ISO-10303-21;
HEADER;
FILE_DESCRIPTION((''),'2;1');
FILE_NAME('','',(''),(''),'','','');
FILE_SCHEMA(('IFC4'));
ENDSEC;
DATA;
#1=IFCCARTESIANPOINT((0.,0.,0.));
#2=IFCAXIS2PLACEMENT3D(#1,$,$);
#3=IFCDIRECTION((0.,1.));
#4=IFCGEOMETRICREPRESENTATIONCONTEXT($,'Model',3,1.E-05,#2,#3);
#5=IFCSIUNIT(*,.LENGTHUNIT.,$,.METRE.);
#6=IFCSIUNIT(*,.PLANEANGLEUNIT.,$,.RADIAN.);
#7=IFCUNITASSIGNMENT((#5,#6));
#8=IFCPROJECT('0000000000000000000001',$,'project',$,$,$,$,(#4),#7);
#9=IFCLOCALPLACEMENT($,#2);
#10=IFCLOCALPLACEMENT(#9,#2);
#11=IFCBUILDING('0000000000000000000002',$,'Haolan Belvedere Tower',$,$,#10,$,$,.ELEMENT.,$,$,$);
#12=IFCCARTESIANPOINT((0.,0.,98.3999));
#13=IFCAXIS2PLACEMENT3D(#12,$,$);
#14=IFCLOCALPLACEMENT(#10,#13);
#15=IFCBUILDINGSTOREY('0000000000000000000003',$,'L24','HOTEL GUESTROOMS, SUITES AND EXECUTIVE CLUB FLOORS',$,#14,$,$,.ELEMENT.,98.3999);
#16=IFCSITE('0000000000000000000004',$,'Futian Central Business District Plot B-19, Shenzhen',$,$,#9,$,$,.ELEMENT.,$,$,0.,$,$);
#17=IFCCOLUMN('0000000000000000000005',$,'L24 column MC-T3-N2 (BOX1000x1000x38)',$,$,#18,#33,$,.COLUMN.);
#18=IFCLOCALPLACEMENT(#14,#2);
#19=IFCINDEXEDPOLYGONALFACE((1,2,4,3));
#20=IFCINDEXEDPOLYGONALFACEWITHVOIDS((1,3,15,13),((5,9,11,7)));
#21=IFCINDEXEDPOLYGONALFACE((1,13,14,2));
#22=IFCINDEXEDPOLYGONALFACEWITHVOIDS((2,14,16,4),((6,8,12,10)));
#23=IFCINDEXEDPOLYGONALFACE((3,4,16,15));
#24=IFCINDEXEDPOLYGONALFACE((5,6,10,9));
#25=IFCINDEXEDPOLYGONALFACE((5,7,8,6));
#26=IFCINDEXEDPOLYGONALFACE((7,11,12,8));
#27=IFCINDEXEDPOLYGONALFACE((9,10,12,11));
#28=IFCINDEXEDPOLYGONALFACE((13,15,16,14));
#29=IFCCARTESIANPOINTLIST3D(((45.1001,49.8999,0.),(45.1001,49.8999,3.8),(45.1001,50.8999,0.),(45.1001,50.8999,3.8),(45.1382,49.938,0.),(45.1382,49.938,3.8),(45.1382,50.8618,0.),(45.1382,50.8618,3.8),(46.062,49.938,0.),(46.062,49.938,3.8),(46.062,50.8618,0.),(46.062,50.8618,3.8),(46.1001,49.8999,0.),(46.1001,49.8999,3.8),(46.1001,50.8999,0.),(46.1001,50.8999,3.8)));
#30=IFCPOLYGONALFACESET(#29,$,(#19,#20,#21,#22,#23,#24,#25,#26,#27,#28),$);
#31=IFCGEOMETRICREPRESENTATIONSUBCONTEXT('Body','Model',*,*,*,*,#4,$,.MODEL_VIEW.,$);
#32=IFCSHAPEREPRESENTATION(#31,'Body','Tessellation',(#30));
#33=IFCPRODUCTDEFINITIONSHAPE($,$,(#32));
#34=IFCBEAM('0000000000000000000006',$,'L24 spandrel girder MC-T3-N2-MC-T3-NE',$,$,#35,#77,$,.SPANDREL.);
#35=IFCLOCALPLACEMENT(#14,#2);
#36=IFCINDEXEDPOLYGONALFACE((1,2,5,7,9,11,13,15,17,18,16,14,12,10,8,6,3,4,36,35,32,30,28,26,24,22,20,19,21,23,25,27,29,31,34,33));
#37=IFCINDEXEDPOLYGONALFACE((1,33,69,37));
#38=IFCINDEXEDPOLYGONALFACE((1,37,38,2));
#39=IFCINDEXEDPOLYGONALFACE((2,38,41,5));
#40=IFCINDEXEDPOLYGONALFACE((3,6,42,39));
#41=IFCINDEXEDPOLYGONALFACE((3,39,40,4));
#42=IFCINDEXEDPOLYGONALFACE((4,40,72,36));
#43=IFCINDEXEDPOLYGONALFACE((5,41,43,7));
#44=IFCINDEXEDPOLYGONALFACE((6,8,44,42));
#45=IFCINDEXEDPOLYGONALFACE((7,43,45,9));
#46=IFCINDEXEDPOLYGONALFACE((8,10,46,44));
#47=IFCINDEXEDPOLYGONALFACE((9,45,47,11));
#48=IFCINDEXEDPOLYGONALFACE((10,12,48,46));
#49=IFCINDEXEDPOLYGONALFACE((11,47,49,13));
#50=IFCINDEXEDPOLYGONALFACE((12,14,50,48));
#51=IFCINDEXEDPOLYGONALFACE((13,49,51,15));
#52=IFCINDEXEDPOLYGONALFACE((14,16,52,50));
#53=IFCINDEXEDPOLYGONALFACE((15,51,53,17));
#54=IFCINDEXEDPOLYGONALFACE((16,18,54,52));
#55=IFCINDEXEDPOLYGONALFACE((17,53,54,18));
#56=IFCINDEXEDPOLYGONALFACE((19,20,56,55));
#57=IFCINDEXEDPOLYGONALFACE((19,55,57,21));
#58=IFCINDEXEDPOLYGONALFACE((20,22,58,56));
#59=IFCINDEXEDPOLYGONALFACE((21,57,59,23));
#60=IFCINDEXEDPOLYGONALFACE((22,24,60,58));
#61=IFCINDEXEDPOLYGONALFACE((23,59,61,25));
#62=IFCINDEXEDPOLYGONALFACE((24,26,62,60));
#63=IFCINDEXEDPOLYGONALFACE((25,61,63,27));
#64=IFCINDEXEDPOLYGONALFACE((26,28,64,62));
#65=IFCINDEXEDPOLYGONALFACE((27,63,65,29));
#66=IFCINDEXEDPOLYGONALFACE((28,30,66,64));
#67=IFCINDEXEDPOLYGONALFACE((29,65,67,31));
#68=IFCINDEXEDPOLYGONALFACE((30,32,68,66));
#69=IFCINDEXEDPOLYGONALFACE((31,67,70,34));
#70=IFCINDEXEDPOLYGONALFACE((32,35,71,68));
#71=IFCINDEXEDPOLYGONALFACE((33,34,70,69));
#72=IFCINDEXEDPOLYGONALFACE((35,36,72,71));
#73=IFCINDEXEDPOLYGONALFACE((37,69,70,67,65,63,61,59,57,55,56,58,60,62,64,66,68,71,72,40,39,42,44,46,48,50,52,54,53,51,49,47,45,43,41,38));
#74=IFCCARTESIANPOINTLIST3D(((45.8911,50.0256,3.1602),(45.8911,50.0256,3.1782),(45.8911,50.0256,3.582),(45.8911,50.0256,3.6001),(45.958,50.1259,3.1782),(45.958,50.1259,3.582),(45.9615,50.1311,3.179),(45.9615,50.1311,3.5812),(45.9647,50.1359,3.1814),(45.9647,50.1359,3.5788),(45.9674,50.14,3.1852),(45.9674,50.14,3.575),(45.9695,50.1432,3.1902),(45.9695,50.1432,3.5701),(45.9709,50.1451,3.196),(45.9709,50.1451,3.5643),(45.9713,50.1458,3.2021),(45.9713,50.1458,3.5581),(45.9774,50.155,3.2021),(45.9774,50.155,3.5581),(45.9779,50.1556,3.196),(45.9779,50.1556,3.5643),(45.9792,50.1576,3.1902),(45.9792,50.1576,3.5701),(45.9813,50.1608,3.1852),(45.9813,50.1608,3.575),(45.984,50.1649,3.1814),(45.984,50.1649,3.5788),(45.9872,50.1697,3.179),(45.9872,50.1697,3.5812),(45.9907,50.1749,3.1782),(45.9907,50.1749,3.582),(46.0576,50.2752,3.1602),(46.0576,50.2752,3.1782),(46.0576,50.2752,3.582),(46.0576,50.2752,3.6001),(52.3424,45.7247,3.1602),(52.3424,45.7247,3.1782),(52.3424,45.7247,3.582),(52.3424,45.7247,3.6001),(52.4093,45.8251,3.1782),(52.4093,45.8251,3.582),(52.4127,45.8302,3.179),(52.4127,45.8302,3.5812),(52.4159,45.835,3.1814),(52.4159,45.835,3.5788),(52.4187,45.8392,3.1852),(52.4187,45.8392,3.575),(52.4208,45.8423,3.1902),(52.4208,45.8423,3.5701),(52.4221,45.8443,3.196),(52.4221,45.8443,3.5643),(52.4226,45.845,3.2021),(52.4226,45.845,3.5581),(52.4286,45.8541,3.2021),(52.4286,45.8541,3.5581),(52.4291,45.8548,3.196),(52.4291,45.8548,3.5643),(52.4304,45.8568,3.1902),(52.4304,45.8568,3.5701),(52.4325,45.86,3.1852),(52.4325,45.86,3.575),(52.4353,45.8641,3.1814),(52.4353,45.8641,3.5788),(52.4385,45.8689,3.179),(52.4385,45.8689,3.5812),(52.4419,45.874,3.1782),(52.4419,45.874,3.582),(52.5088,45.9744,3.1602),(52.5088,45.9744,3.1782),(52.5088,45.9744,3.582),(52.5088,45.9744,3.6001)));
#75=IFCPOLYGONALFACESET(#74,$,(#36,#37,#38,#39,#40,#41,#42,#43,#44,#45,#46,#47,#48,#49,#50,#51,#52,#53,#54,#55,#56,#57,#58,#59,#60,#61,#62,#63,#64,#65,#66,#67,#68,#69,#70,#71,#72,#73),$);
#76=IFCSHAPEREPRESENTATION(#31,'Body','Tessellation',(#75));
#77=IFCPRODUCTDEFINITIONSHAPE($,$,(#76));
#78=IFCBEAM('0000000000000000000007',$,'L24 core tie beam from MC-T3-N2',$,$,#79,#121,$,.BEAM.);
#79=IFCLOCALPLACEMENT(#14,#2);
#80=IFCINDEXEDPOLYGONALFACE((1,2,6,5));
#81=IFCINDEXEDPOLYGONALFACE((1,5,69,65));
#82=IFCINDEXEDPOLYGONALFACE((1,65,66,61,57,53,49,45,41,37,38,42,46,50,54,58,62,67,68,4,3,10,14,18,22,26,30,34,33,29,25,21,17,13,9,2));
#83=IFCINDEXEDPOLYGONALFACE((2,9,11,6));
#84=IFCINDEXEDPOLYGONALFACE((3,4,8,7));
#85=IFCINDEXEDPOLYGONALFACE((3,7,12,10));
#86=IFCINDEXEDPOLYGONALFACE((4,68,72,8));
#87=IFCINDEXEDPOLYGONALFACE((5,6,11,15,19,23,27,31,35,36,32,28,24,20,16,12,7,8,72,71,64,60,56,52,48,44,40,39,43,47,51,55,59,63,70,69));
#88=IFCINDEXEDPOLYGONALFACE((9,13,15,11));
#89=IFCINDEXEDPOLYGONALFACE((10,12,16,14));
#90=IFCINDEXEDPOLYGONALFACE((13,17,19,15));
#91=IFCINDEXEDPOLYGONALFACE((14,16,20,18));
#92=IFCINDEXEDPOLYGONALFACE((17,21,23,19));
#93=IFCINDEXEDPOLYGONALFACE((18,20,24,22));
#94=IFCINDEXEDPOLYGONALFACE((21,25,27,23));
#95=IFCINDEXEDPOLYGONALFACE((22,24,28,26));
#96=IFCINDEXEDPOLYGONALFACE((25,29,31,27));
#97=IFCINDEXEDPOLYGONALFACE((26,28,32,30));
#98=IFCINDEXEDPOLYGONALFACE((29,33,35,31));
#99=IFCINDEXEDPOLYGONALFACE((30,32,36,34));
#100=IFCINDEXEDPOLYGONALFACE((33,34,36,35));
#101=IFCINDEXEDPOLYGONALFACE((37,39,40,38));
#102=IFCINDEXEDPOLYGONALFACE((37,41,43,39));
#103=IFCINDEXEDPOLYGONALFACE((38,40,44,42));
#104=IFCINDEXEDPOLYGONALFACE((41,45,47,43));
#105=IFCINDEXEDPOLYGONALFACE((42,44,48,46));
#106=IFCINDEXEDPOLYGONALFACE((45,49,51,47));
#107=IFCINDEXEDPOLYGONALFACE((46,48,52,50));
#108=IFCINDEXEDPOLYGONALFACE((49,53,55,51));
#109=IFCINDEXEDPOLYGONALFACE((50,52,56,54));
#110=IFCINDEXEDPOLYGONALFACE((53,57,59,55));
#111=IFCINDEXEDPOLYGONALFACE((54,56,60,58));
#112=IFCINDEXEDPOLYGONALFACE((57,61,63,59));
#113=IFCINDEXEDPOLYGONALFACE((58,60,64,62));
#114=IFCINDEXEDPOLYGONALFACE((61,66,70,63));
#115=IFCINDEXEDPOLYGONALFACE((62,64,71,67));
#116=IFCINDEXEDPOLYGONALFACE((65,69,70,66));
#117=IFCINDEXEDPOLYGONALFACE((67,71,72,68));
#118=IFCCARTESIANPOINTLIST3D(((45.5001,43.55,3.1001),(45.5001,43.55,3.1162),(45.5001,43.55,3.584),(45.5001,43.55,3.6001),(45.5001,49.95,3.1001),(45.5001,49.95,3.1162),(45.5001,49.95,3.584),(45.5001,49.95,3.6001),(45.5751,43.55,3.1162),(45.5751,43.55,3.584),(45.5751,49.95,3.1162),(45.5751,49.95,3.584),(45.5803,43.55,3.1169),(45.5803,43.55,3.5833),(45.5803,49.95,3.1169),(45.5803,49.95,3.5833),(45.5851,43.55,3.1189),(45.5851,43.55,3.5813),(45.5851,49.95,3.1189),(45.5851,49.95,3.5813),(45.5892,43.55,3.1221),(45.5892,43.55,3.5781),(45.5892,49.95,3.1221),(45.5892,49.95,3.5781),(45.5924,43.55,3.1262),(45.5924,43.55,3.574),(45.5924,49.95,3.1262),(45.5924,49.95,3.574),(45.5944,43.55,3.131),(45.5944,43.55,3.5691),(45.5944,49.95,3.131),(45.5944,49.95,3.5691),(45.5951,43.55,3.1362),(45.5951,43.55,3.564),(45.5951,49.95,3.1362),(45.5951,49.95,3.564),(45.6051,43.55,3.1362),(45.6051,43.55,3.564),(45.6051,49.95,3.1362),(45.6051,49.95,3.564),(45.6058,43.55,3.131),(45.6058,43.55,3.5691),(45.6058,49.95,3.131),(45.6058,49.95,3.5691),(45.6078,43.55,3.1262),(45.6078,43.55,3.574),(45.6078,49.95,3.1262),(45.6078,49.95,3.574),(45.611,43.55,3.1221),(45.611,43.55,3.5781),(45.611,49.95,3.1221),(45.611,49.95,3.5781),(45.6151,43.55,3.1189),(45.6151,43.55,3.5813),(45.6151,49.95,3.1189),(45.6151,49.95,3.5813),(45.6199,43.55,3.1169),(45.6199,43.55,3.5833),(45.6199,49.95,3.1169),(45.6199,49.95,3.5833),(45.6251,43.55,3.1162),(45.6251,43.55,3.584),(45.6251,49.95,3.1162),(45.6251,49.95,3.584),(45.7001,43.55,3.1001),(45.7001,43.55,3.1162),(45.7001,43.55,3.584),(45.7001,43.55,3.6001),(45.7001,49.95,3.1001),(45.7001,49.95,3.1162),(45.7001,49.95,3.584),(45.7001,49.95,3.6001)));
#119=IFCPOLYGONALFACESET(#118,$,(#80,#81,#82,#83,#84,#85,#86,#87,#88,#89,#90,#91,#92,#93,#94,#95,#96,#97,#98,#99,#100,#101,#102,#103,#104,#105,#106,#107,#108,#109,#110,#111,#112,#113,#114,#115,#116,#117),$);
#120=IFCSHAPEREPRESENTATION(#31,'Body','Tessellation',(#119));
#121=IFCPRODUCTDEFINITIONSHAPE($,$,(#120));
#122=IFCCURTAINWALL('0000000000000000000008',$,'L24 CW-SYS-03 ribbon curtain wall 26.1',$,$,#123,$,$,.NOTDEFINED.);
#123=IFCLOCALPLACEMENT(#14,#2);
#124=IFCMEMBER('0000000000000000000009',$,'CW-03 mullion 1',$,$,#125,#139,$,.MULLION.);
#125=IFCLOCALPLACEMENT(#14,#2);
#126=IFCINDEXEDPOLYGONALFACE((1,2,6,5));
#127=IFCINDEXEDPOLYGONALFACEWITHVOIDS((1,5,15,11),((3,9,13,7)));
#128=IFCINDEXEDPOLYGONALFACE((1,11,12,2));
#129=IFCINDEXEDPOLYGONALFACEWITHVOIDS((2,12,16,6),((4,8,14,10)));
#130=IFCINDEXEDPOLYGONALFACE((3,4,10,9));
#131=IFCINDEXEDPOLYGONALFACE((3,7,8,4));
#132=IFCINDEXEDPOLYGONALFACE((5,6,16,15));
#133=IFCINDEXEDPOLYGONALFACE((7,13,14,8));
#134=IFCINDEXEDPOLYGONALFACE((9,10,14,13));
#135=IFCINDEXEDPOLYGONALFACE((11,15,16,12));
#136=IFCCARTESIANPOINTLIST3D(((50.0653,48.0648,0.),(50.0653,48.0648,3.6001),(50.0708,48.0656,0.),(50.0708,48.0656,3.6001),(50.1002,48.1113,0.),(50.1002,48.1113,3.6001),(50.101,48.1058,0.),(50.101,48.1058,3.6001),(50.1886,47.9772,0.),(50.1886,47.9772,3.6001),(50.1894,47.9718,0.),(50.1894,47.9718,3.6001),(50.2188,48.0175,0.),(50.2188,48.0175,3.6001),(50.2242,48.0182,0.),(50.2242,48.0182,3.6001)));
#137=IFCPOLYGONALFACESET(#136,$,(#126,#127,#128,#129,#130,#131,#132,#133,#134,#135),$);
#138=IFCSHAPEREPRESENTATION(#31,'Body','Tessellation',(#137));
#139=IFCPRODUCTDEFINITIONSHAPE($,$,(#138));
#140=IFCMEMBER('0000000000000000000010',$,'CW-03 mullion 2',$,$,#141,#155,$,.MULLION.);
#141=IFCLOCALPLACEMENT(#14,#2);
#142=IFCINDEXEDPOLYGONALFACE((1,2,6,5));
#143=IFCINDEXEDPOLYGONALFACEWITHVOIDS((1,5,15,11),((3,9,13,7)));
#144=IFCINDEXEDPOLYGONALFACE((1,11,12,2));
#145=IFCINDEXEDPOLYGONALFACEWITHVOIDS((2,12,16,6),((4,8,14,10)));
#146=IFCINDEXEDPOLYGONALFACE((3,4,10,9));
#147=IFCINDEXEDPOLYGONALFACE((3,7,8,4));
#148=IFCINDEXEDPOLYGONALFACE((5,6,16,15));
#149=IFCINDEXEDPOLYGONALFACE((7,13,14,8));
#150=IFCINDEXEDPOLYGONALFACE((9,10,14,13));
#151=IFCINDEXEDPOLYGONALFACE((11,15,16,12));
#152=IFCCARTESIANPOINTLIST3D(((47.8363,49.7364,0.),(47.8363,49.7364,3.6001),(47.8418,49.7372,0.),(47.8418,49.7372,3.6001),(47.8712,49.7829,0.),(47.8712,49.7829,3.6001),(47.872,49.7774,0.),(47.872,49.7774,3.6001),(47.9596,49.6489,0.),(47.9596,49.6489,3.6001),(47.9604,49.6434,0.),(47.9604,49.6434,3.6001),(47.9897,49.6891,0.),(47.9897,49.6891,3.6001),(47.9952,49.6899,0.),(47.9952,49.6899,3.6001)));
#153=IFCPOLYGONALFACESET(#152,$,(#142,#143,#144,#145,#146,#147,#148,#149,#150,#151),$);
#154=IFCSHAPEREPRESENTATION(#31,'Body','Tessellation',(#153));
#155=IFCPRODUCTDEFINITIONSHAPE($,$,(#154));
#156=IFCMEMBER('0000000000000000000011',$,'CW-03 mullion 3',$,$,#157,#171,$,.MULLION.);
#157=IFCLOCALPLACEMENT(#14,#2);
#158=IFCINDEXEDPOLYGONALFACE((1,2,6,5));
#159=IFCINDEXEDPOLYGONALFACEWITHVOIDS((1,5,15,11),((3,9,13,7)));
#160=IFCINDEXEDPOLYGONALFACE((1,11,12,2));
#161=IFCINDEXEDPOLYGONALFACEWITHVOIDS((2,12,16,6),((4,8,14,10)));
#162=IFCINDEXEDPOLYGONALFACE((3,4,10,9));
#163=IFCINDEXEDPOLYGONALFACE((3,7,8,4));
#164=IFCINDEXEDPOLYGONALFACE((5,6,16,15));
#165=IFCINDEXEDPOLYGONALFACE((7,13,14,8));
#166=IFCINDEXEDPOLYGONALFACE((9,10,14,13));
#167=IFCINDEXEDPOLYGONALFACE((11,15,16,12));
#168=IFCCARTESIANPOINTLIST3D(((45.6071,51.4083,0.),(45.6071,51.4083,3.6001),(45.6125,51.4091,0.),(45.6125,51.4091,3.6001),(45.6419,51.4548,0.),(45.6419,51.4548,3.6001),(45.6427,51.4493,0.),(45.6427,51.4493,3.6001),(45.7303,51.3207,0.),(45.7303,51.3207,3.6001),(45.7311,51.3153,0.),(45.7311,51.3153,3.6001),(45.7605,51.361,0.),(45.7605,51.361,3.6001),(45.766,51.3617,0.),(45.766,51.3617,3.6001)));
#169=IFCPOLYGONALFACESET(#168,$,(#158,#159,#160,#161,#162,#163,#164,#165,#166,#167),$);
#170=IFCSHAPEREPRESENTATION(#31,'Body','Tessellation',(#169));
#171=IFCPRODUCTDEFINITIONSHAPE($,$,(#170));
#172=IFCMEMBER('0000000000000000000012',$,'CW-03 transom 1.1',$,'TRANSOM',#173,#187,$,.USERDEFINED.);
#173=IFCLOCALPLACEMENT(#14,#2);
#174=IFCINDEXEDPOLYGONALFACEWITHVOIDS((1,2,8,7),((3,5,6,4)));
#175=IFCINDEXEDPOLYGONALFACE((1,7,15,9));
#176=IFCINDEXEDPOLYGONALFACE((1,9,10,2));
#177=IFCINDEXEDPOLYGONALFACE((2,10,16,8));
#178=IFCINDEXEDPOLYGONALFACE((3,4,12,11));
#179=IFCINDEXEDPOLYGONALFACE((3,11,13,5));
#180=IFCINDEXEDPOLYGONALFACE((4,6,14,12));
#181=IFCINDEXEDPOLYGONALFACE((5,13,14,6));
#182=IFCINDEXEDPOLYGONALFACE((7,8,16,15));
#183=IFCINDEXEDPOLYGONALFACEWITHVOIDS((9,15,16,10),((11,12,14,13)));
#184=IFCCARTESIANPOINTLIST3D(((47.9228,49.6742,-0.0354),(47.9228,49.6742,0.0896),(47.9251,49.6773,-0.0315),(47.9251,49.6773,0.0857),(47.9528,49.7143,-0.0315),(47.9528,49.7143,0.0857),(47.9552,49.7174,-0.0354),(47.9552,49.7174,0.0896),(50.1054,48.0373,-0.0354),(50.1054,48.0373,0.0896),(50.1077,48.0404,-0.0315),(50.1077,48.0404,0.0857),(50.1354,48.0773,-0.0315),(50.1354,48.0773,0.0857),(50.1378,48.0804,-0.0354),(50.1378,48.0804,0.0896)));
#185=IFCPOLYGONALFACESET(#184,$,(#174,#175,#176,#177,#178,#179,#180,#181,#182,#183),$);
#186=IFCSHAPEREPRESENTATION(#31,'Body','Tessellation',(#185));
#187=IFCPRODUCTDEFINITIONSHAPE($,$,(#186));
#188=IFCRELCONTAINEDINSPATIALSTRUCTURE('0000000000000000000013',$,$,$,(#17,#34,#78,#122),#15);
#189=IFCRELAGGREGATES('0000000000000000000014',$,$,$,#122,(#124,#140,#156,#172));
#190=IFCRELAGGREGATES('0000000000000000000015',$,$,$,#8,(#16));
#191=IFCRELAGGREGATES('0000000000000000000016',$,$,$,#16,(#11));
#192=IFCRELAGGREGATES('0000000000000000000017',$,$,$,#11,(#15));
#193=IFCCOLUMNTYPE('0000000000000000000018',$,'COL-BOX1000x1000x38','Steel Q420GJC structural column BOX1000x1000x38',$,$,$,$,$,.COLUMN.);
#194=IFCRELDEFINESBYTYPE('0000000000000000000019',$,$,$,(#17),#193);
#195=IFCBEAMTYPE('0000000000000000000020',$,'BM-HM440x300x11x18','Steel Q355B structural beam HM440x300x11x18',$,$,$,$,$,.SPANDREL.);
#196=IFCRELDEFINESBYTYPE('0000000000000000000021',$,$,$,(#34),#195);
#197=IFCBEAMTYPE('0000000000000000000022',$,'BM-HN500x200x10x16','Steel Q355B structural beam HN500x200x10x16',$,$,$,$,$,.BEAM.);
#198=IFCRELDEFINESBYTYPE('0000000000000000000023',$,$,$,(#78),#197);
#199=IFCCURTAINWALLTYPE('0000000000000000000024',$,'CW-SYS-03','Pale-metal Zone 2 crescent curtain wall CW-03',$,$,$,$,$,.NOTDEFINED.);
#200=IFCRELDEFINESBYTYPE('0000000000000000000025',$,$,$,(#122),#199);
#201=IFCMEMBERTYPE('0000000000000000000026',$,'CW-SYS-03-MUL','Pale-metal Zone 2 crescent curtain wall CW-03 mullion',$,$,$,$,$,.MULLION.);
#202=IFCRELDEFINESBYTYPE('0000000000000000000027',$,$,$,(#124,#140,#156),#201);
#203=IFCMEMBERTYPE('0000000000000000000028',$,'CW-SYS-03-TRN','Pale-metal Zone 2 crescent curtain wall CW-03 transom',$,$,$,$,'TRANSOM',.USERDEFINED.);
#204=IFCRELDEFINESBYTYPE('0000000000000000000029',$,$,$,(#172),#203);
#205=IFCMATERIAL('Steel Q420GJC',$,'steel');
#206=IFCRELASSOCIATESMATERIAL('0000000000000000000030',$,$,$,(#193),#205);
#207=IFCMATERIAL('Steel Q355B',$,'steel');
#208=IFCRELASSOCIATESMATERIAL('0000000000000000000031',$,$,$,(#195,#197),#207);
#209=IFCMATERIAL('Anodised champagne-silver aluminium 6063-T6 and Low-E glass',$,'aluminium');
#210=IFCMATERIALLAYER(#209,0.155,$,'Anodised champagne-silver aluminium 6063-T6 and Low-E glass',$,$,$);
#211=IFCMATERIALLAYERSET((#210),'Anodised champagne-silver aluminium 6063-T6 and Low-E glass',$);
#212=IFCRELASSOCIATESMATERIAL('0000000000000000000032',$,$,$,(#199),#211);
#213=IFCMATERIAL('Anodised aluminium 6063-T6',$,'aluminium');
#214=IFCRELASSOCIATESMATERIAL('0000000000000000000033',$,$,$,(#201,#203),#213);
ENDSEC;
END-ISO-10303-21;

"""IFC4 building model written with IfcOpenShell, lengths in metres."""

from ifc_helpers import new_model, si_unit, direction, frame, origin, origin_2d, place, context, subcontext, project, spatial, hollow_rectangle, i_section, extrude, material, layer, layer_set, material_profile, profile_set, type_object, element, aggregate, save


model = new_model("IFC4")

# Units and contexts
model_context = context("Model", 3, precision=1e-05, world=origin(), true_north=direction((0.0, 1.0)))
body_context = subcontext(model_context, "Body", "Model", "MODEL_VIEW")
ifc_project = project(units=[si_unit("LENGTHUNIT", "METRE"), si_unit("PLANEANGLEUNIT", "RADIAN")], contexts=[model_context])

# Site, building, storey
site_placement = place(None, origin())
site = spatial("IfcSite", under=ifc_project, at=site_placement, Name="Futian Central Business District Plot B-19, Shenzhen", CompositionType="ELEMENT", RefElevation=0.0)
building_placement = place(site_placement, origin())
building = spatial("IfcBuilding", under=site, at=building_placement, Name="Haolan Belvedere Tower", CompositionType="ELEMENT")
storey_placement = place(building_placement, frame((0.0, 0.0, 98.3999)))
storey = spatial("IfcBuildingStorey", under=building, at=storey_placement, Name="L24", Description="HOTEL GUESTROOMS, SUITES AND EXECUTIVE CLUB FLOORS", CompositionType="ELEMENT", Elevation=98.3999)

# Column
ifc_material_1 = material(Name="Steel Q420GJC", Category="steel")
ifc_material_profile_1 = material_profile(ifc_material_1, hollow_rectangle(XDim=1.0, YDim=1.0, WallThickness=0.0381, at=origin_2d()), Name="Steel Q420GJC")
ifc_profile_set_1 = profile_set([ifc_material_profile_1], Name="Steel Q420GJC")
column_type = type_object("IfcColumnType", Name="COL-BOX1000x1000x38", Description="Steel Q420GJC structural column BOX1000x1000x38", PredefinedType="COLUMN", material=ifc_profile_set_1)
column_placement = place(storey_placement, frame((45.6001, 50.3999, 0.0), z_axis=(0.0, 0.0, 1.0), x_axis=(1.0, 0.0, 0.0)))
element("IfcColumn", 1, at=column_placement, inside=storey, type_object=column_type, Name="L24 column MC-T3-N2 (BOX1000x1000x38)", PredefinedType="COLUMN", context=body_context, shape_type="SweptSolid", body=[
    extrude(hollow_rectangle(XDim=1.0, YDim=1.0, WallThickness=0.0381, at=origin_2d()), origin(), (0.0, 0.0, 1.0), 3.8),
])

# Beams
ifc_material_2 = material(Name="Steel Q355B", Category="steel")
ifc_material_profile_2 = material_profile(ifc_material_2, i_section(OverallWidth=0.3, OverallDepth=0.4399, WebThickness=0.011, FlangeThickness=0.0181, FilletRadius=0.0239, at=origin_2d()), Name="Steel Q355B")
ifc_profile_set_2 = profile_set([ifc_material_profile_2], Name="Steel Q355B")
beam_type_1 = type_object("IfcBeamType", Name="BM-HM440x300x11x18", Description="Steel Q355B structural beam HM440x300x11x18", PredefinedType="SPANDREL", material=ifc_profile_set_2)
beam_1_placement = place(storey_placement, frame((45.9744, 50.1504, 3.3801), z_axis=(0.83205, -0.5547, 0.0), x_axis=(0.5547, 0.83205, 0.0)))
element("IfcBeam", 2, at=beam_1_placement, inside=storey, type_object=beam_type_1, Name="L24 spandrel girder MC-T3-N2-MC-T3-NE", PredefinedType="SPANDREL", context=body_context, shape_type="SweptSolid", body=[
    extrude(i_section(OverallWidth=0.3, OverallDepth=0.4399, WebThickness=0.011, FlangeThickness=0.0181, FilletRadius=0.0239, at=origin_2d()), origin(), (0.0, 0.0, 1.0), 7.7534),
])
ifc_material_profile_3 = material_profile(ifc_material_2, i_section(OverallWidth=0.2, OverallDepth=0.5, WebThickness=0.01, FlangeThickness=0.0161, FilletRadius=0.02, at=origin_2d()), Name="Steel Q355B")
ifc_profile_set_3 = profile_set([ifc_material_profile_3], Name="Steel Q355B")
beam_type_2 = type_object("IfcBeamType", Name="BM-HN500x200x10x16", Description="Steel Q355B structural beam HN500x200x10x16", PredefinedType="BEAM", material=ifc_profile_set_3)
beam_2_placement = place(storey_placement, frame((45.6001, 49.95, 3.3501), z_axis=(0.0, -1.0, 0.0), x_axis=(1.0, 0.0, 0.0)))
element("IfcBeam", 3, at=beam_2_placement, inside=storey, type_object=beam_type_2, Name="L24 core tie beam from MC-T3-N2", PredefinedType="BEAM", context=body_context, shape_type="SweptSolid", body=[
    extrude(i_section(OverallWidth=0.2, OverallDepth=0.5, WebThickness=0.01, FlangeThickness=0.0161, FilletRadius=0.02, at=origin_2d()), origin(), (0.0, 0.0, 1.0), 6.3999),
])

# Curtain wall, members
ifc_material_3 = material(Name="Anodised champagne-silver aluminium 6063-T6 and Low-E glass", Category="aluminium")
ifc_layer_1 = layer(ifc_material_3, 0.155, Name="Anodised champagne-silver aluminium 6063-T6 and Low-E glass")
ifc_layer_set_1 = layer_set([ifc_layer_1], Name="Anodised champagne-silver aluminium 6063-T6 and Low-E glass")
curtain_wall_type = type_object("IfcCurtainWallType", Name="CW-SYS-03", Description="Pale-metal Zone 2 crescent curtain wall CW-03", PredefinedType="NOTDEFINED", material=ifc_layer_set_1)
curtain_wall_placement = place(storey_placement, origin())
curtain_wall = element("IfcCurtainWall", 4, at=curtain_wall_placement, inside=storey, type_object=curtain_wall_type, Name="L24 CW-SYS-03 ribbon curtain wall 26.1", PredefinedType="NOTDEFINED")
ifc_material_4 = material(Name="Anodised aluminium 6063-T6", Category="aluminium")
ifc_material_profile_4 = material_profile(ifc_material_4, hollow_rectangle(XDim=0.0581, YDim=0.155, WallThickness=0.0039, at=origin_2d()), Name="Anodised aluminium 6063-T6")
ifc_profile_set_4 = profile_set([ifc_material_profile_4], Name="Anodised aluminium 6063-T6")
member_type_1 = type_object("IfcMemberType", Name="CW-SYS-03-MUL", Description="Pale-metal Zone 2 crescent curtain wall CW-03 mullion", PredefinedType="MULLION", material=ifc_profile_set_4)
member_1_placement = place(storey_placement, frame((50.1448, 48.0415, 0.0), z_axis=(0.0, 0.0, 1.0), x_axis=(-0.599994, -0.800004, 0.0)))
member_1 = element("IfcMember", 5, at=member_1_placement, type_object=member_type_1, Name="CW-03 mullion 1", PredefinedType="MULLION", context=body_context, shape_type="SweptSolid", body=[
    extrude(hollow_rectangle(XDim=0.0581, YDim=0.155, WallThickness=0.0039, at=origin_2d()), origin(), (0.0, 0.0, 1.0), 3.6001),
])
member_2_placement = place(storey_placement, frame((47.9158, 49.7131, 0.0), z_axis=(0.0, 0.0, 1.0), x_axis=(-0.599994, -0.800004, 0.0)))
member_2 = element("IfcMember", 6, at=member_2_placement, type_object=member_type_1, Name="CW-03 mullion 2", PredefinedType="MULLION", context=body_context, shape_type="SweptSolid", body=[
    extrude(hollow_rectangle(XDim=0.0581, YDim=0.155, WallThickness=0.0039, at=origin_2d()), origin(), (0.0, 0.0, 1.0), 3.6001),
])
member_3_placement = place(storey_placement, frame((45.6865, 51.385, 0.0), z_axis=(0.0, 0.0, 1.0), x_axis=(-0.599994, -0.800004, 0.0)))
member_3 = element("IfcMember", 7, at=member_3_placement, type_object=member_type_1, Name="CW-03 mullion 3", PredefinedType="MULLION", context=body_context, shape_type="SweptSolid", body=[
    extrude(hollow_rectangle(XDim=0.0581, YDim=0.155, WallThickness=0.0039, at=origin_2d()), origin(), (0.0, 0.0, 1.0), 3.6001),
])
ifc_material_profile_5 = material_profile(ifc_material_4, hollow_rectangle(XDim=0.054, YDim=0.125, WallThickness=0.0039, at=origin_2d()), Name="Anodised aluminium 6063-T6")
ifc_profile_set_5 = profile_set([ifc_material_profile_5], Name="Anodised aluminium 6063-T6")
member_type_2 = type_object("IfcMemberType", Name="CW-SYS-03-TRN", Description="Pale-metal Zone 2 crescent curtain wall CW-03 transom", ElementType="TRANSOM", PredefinedType="USERDEFINED", material=ifc_profile_set_5)
member_4_placement = place(storey_placement, frame((50.1216, 48.0588, 0.0271), z_axis=(-0.8, 0.6, 0.0), x_axis=(-0.6, -0.8, 0.0)))
member_4 = element("IfcMember", 8, at=member_4_placement, type_object=member_type_2, Name="CW-03 transom 1.1", ObjectType="TRANSOM", PredefinedType="USERDEFINED", context=body_context, shape_type="SweptSolid", body=[
    extrude(hollow_rectangle(XDim=0.054, YDim=0.125, WallThickness=0.0039, at=origin_2d()), origin(), (0.0, 0.0, 1.0), 2.7283),
])
aggregate(curtain_wall, [member_1, member_2, member_3, member_4])

save(model, "model.ifc")
